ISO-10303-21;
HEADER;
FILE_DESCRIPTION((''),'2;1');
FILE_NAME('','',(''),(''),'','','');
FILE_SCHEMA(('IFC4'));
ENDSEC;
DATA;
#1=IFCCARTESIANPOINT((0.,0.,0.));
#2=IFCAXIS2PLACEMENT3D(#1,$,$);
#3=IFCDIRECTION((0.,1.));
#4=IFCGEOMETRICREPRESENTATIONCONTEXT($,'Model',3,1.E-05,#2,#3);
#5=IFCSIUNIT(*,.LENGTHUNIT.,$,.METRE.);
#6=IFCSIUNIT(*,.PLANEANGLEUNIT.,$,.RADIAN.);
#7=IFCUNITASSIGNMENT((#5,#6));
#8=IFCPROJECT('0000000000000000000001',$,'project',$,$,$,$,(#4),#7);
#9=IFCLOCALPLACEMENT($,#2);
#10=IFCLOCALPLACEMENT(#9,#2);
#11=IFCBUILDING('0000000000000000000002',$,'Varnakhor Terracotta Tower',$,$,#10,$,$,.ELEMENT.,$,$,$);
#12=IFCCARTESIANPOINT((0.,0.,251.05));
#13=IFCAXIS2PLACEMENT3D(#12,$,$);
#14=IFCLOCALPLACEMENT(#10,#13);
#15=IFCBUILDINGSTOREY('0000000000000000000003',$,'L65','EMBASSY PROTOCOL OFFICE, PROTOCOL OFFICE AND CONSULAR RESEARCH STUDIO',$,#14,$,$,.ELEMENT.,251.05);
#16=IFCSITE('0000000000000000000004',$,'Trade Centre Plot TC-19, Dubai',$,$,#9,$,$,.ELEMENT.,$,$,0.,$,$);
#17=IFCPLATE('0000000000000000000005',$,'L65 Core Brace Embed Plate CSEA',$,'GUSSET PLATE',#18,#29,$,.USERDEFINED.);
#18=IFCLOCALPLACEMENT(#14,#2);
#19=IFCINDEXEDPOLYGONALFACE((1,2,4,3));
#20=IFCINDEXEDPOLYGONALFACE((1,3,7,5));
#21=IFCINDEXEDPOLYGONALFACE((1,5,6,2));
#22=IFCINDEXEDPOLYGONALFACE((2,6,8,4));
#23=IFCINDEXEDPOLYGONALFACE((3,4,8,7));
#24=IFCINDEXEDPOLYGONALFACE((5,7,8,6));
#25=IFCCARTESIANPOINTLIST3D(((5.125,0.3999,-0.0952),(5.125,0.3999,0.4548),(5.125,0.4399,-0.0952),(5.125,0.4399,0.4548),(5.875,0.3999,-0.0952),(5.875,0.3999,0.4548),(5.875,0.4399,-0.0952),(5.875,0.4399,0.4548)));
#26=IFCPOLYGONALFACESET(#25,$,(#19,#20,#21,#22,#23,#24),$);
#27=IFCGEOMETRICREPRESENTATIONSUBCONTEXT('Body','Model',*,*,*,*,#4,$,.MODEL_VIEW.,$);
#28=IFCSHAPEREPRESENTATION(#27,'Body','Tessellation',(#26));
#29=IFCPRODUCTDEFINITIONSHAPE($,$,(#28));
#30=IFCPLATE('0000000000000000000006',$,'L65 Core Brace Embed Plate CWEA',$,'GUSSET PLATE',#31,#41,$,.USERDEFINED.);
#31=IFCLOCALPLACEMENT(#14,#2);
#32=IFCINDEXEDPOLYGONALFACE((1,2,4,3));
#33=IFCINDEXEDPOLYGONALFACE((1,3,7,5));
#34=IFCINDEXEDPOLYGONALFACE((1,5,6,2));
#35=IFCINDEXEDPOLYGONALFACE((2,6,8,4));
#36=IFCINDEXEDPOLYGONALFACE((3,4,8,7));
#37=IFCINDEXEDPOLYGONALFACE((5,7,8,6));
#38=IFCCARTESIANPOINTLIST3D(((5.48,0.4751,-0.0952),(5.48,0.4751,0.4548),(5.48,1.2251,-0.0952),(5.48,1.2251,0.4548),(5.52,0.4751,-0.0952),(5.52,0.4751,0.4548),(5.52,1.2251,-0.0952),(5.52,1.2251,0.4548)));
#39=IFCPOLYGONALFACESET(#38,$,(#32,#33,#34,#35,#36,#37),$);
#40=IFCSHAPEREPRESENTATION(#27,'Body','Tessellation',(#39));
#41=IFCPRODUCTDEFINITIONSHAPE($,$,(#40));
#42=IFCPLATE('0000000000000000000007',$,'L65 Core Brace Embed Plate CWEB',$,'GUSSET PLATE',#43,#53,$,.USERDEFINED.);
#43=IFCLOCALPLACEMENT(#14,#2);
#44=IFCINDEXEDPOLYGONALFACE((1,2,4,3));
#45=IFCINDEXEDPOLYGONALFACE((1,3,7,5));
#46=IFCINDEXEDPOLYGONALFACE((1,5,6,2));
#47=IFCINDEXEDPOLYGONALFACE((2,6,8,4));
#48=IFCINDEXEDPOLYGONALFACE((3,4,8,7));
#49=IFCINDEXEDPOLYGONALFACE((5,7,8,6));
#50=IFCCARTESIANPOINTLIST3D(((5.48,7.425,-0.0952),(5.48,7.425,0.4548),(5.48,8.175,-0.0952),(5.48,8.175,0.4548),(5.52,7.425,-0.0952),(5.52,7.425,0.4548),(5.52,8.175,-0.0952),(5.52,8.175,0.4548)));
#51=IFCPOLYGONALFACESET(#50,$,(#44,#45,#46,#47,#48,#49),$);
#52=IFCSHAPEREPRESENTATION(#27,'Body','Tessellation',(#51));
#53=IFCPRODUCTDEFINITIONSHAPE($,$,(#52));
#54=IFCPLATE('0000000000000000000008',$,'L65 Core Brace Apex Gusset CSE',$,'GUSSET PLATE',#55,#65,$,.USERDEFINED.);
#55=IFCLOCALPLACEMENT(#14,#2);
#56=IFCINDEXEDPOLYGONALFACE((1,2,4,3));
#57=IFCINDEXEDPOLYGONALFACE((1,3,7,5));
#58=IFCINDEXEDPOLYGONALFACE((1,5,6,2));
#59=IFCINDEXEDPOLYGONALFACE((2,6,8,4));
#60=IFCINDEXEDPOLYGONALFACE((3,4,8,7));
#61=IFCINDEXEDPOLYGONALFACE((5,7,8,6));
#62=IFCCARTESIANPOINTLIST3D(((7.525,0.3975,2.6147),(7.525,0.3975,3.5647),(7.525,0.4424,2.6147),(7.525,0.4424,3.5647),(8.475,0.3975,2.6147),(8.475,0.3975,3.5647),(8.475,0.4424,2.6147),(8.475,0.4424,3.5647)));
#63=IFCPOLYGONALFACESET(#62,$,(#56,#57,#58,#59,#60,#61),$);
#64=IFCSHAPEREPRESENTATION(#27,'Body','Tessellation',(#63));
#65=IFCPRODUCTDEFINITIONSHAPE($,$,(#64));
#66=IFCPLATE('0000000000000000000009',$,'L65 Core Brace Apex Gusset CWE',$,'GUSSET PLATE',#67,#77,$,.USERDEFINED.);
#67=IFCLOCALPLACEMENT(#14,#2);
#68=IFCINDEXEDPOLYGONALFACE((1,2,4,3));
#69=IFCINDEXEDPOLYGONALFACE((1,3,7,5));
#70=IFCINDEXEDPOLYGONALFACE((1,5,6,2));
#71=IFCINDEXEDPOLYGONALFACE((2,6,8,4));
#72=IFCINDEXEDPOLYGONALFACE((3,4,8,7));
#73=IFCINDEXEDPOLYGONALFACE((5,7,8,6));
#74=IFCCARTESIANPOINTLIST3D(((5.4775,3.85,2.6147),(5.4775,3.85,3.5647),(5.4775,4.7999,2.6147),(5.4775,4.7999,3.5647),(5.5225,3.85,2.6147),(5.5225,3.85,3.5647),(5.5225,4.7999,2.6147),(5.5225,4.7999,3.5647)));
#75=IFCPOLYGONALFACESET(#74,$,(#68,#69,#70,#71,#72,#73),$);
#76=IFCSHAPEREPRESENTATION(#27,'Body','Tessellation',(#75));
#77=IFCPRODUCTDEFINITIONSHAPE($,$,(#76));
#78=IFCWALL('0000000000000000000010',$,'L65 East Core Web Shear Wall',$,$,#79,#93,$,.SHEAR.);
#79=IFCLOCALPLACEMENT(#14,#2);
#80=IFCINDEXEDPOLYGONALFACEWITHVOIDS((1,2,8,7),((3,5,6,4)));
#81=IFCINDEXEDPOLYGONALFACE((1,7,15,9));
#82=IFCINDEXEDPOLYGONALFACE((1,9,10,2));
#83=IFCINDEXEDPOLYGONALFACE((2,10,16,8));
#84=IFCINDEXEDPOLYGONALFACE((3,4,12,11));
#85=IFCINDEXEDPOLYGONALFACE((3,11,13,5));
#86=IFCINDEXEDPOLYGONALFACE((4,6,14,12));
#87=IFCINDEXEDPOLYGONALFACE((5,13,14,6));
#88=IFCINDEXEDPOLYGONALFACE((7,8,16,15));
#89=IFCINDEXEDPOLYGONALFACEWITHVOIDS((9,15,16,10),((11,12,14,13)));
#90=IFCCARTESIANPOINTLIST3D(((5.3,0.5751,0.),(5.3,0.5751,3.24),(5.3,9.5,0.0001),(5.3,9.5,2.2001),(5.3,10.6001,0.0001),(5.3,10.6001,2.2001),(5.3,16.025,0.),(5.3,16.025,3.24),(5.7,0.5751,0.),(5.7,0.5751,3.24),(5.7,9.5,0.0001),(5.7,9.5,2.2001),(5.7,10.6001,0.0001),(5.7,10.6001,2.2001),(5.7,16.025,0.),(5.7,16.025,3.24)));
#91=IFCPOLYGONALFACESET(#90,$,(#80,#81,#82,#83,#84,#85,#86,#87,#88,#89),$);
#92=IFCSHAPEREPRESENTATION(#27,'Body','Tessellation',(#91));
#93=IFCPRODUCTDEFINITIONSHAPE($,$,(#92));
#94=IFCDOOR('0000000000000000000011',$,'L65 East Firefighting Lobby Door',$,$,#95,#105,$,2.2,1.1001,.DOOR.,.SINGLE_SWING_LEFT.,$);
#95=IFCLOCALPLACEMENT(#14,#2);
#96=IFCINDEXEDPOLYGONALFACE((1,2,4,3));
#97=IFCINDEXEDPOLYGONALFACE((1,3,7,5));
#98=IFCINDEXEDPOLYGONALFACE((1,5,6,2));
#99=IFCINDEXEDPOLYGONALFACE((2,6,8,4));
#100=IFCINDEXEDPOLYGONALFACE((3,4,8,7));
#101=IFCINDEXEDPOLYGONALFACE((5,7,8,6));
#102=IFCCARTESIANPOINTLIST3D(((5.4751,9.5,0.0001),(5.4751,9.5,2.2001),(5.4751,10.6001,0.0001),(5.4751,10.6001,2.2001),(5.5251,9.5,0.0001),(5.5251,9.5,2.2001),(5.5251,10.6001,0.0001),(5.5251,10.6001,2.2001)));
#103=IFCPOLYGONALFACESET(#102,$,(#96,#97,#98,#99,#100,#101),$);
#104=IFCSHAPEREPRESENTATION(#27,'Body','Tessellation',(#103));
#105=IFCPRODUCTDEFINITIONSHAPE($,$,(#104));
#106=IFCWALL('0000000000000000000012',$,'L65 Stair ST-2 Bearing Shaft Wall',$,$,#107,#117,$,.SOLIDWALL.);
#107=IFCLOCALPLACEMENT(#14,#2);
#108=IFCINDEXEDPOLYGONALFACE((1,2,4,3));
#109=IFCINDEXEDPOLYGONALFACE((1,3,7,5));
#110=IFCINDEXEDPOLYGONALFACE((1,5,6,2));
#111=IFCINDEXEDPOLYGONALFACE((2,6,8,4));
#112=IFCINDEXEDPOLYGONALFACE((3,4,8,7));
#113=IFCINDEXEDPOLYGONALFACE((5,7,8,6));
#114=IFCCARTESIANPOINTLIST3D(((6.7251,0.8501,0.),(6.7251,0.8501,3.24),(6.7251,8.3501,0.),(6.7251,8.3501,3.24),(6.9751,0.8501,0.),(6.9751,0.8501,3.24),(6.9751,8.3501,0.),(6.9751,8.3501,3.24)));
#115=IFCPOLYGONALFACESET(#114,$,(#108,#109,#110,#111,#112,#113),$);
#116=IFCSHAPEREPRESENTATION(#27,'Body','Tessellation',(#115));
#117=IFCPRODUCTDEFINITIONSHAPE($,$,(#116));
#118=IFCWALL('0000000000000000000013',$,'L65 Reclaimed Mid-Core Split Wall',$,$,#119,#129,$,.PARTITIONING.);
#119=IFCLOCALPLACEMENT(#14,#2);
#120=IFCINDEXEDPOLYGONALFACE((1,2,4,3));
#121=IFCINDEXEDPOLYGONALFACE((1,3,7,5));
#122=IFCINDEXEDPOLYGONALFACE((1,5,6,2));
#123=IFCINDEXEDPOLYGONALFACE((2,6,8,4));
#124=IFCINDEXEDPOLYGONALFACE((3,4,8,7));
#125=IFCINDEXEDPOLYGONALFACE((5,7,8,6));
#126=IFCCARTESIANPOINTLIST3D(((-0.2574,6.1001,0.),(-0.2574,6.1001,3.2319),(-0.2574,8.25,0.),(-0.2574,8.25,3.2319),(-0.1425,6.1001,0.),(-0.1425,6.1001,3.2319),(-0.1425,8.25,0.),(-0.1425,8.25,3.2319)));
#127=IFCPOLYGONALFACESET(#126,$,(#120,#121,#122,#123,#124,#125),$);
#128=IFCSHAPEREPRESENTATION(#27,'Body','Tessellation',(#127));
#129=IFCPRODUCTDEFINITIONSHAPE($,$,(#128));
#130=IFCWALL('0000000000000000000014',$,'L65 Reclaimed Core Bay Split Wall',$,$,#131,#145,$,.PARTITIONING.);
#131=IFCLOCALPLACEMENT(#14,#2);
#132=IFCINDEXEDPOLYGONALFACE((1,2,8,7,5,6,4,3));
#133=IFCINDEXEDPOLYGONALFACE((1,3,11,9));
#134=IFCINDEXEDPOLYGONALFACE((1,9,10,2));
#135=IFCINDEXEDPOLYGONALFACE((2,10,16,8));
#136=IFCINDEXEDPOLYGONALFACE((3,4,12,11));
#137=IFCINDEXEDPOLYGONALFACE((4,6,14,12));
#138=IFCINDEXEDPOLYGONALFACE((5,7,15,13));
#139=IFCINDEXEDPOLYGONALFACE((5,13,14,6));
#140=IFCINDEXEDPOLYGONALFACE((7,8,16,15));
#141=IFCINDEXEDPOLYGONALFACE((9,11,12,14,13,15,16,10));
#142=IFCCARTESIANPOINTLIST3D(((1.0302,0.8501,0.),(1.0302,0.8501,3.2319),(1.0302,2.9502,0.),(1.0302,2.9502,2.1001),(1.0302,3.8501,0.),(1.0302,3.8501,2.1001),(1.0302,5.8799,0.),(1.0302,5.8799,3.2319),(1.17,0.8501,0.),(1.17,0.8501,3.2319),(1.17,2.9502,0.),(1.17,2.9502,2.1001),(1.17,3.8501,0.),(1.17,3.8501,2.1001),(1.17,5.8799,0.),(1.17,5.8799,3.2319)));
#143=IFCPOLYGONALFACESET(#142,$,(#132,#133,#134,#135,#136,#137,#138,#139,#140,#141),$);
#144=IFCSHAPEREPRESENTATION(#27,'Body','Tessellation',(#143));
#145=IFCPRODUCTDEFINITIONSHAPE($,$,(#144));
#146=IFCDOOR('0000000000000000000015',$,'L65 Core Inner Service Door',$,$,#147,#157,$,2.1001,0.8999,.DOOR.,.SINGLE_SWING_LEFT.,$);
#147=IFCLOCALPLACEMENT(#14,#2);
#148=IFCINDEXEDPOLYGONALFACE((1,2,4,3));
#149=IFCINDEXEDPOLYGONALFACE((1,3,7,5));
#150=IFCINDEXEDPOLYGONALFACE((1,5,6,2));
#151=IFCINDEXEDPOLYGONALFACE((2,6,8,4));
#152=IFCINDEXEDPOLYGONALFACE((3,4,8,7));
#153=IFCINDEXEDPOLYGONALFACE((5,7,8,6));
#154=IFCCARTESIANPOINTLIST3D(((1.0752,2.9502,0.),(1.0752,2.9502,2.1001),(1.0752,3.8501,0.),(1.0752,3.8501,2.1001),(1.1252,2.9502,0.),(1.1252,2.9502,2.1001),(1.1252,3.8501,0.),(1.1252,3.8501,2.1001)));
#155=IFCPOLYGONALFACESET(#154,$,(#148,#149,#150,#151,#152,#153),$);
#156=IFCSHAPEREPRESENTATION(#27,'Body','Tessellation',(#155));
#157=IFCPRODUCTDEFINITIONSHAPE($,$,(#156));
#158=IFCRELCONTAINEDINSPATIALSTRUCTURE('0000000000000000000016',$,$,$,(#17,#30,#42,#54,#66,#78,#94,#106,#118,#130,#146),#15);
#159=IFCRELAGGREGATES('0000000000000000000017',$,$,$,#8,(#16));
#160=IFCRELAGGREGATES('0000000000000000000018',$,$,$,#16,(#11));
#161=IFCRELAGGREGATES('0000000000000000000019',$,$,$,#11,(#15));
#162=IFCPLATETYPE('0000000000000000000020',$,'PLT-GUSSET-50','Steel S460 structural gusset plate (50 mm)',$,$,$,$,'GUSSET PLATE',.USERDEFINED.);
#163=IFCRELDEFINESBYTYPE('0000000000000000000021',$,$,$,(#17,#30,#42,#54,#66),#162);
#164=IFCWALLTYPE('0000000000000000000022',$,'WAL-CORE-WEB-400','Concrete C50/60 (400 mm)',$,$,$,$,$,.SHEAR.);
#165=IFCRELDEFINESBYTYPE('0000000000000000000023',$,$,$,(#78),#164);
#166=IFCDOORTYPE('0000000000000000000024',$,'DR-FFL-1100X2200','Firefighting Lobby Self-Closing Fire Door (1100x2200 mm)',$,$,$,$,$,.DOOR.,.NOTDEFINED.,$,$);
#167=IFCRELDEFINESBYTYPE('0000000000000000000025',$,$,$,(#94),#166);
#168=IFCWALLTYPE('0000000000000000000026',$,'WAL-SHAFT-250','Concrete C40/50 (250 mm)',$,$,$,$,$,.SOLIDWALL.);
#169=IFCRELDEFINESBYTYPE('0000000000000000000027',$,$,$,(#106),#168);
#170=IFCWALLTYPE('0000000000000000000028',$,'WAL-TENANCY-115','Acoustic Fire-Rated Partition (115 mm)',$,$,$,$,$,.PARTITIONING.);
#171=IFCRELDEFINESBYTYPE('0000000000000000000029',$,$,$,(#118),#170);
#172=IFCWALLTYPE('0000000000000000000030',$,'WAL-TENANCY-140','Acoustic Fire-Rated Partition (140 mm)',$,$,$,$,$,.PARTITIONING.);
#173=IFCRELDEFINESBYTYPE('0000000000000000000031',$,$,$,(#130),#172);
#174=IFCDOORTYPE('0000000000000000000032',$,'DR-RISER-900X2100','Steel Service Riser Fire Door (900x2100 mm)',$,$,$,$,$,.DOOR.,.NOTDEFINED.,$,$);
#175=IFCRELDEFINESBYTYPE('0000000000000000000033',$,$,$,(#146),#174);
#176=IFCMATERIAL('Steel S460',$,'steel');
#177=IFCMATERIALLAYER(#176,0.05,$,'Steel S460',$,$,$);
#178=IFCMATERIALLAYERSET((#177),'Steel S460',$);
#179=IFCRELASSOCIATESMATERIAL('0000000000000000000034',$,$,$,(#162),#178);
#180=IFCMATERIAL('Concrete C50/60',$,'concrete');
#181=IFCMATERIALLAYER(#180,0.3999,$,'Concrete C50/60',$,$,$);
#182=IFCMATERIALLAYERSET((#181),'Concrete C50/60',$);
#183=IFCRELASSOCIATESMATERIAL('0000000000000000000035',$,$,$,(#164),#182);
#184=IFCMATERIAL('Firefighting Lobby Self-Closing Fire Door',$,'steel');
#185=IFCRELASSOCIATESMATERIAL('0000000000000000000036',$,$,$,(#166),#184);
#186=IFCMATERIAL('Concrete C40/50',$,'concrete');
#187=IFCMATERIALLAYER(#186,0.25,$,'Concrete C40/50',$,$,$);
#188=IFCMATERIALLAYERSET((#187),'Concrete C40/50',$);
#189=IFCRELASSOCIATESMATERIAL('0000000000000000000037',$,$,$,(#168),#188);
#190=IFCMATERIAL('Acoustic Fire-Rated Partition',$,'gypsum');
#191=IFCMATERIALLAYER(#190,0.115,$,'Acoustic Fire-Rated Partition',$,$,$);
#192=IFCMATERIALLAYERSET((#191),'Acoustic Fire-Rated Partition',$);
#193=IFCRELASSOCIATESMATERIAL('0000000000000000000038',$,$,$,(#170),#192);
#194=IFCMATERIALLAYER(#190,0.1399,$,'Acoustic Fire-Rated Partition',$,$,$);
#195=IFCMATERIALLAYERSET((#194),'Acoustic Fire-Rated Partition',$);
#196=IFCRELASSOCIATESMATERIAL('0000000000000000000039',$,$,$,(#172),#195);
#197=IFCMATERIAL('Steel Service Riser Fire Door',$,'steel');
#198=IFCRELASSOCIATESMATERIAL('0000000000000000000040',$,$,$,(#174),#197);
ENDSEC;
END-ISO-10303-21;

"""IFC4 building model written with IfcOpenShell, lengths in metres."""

from ifc_helpers import new_model, si_unit, direction, frame, frame_2d, origin, origin_2d, place, context, subcontext, project, spatial, rectangle, extrude, source, transform, mapped, material, layer, layer_set, type_object, type_shapes, element, fill, save


model = new_model("IFC4")

# Units and contexts
model_context = context("Model", 3, precision=1e-05, world=origin(), true_north=direction((0.0, 1.0)))
body_context = subcontext(model_context, "Body", "Model", "MODEL_VIEW")
ifc_project = project(units=[si_unit("LENGTHUNIT", "METRE"), si_unit("PLANEANGLEUNIT", "RADIAN")], contexts=[model_context])

# Site, building, storey
site_placement = place(None, origin())
site = spatial("IfcSite", under=ifc_project, at=site_placement, Name="Trade Centre Plot TC-19, Dubai", CompositionType="ELEMENT", RefElevation=0.0)
building_placement = place(site_placement, origin())
building = spatial("IfcBuilding", under=site, at=building_placement, Name="Varnakhor Terracotta Tower", CompositionType="ELEMENT")
storey_placement = place(building_placement, frame((0.0, 0.0, 251.05)))
storey = spatial("IfcBuildingStorey", under=building, at=storey_placement, Name="L65", Description="EMBASSY PROTOCOL OFFICE, PROTOCOL OFFICE AND CONSULAR RESEARCH STUDIO", CompositionType="ELEMENT", Elevation=251.05)

# Shared definitions
ifc_material_1 = material(Name="Concrete C50/60", Category="concrete")

# Shared definitions
ifc_material_2 = material(Name="Concrete C40/50", Category="concrete")

# Plates
ifc_material_3 = material(Name="Steel S460", Category="steel")
ifc_layer_1 = layer(ifc_material_3, 0.05, Name="Steel S460")
ifc_layer_set_1 = layer_set([ifc_layer_1], Name="Steel S460")
plate_type = type_object("IfcPlateType", Name="PLT-GUSSET-50", Description="Steel S460 structural gusset plate (50 mm)", ElementType="GUSSET PLATE", PredefinedType="USERDEFINED", material=ifc_layer_set_1)
shared_shape_1 = source(origin(), body_context, "Body", "SweptSolid", [
    extrude(rectangle(XDim=0.75, YDim=0.04, at=origin_2d()), origin(), (0.0, 0.0, 1.0), 0.55),
])
type_shapes(plate_type, [shared_shape_1])
for number, where, z_axis, x_axis, name in (
    (1, (5.5, 0.4199, -0.0952), (0.0, 0.0, 1.0), (1.0, 0.0, 0.0), "L65 Core Brace Embed Plate CSEA"),
    (2, (5.5, 0.8501, -0.0952), (0.0, 0.0, 1.0), (0.0, 1.0, 0.0), "L65 Core Brace Embed Plate CWEA"),
    (3, (5.5, 7.8, -0.0952), (0.0, 0.0, 1.0), (0.0, 1.0, 0.0), "L65 Core Brace Embed Plate CWEB"),
):
    element("IfcPlate", number, at=place(storey_placement, frame(where, z_axis=z_axis, x_axis=x_axis)), inside=storey, type_object=plate_type, Name=name, ObjectType="GUSSET PLATE", PredefinedType="USERDEFINED", context=body_context, shape_type="MappedRepresentation", body=[
        mapped(shared_shape_1, transform((0.0, 0.0, 0.0), scale=1.0)),
    ])
shared_shape_2 = source(origin(), body_context, "Body", "SweptSolid", [
    extrude(rectangle(XDim=0.95, YDim=0.0449, at=origin_2d()), origin(), (0.0, 0.0, 1.0), 0.95),
])
for number, where, z_axis, x_axis, name in (
    (4, (8.0, 0.4199, 2.6147), (0.0, 0.0, 1.0), (1.0, 0.0, 0.0), "L65 Core Brace Apex Gusset CSE"),
    (5, (5.5, 4.325, 2.6147), (0.0, 0.0, 1.0), (0.0, 1.0, 0.0), "L65 Core Brace Apex Gusset CWE"),
):
    element("IfcPlate", number, at=place(storey_placement, frame(where, z_axis=z_axis, x_axis=x_axis)), inside=storey, type_object=plate_type, Name=name, ObjectType="GUSSET PLATE", PredefinedType="USERDEFINED", context=body_context, shape_type="MappedRepresentation", body=[
        mapped(shared_shape_2, transform((0.0, 0.0, 0.0), scale=1.0)),
    ])

# Wall, opening, door
ifc_layer_2 = layer(ifc_material_1, 0.3999, Name="Concrete C50/60")
ifc_layer_set_2 = layer_set([ifc_layer_2], Name="Concrete C50/60")
wall_type_1 = type_object("IfcWallType", Name="WAL-CORE-WEB-400", Description="Concrete C50/60 (400 mm)", PredefinedType="SHEAR", material=ifc_layer_set_2)
wall_1_placement = place(storey_placement, frame((5.5, 0.575, 0.0), z_axis=(0.0, 0.0, 1.0), x_axis=(0.0, 1.0, 0.0)))
wall_1 = element("IfcWall", 6, at=wall_1_placement, inside=storey, type_object=wall_type_1, Name="L65 East Core Web Shear Wall", PredefinedType="SHEAR", context=body_context, shape_type="SweptSolid", body=[
    extrude(rectangle(XDim=15.45, YDim=0.3999, at=frame_2d((7.7251, 0.0))), origin(), (0.0, 0.0, 1.0), 3.24),
])
opening_1_placement = place(wall_1_placement, frame((8.925, 0.0, 0.0)))
opening_1 = element("IfcOpeningElement", 7, at=opening_1_placement, cuts=wall_1, PredefinedType="OPENING", context=body_context, shape_type="SweptSolid", body=[
    extrude(rectangle(XDim=1.1001, YDim=2.2, at=frame_2d((0.55, 1.1001))), frame((0.0, 0.21, 0.0), z_axis=(0.0, -1.0, 0.0), x_axis=(1.0, 0.0, 0.0)), (0.0, 0.0, 1.0), 0.4199),
])
ifc_material_4 = material(Name="Firefighting Lobby Self-Closing Fire Door", Category="steel")
door_type_1 = type_object("IfcDoorType", Name="DR-FFL-1100X2200", Description="Firefighting Lobby Self-Closing Fire Door (1100x2200 mm)", OperationType="NOTDEFINED", PredefinedType="DOOR", material=ifc_material_4)
shared_shape_3 = source(origin(), body_context, "Body", "SweptSolid", [
    extrude(rectangle(XDim=1.1001, YDim=2.2, at=frame_2d((0.55, 1.1001))), frame((0.0, 0.0249, 0.0), z_axis=(0.0, -1.0, 0.0), x_axis=(1.0, 0.0, 0.0)), (0.0, 0.0, 1.0), 0.05),
])
type_shapes(door_type_1, [shared_shape_3])
door_1_placement = place(opening_1_placement, origin())
door_1 = element("IfcDoor", 8, at=door_1_placement, inside=storey, type_object=door_type_1, Name="L65 East Firefighting Lobby Door", OperationType="SINGLE_SWING_LEFT", OverallHeight=2.2, OverallWidth=1.1001, PredefinedType="DOOR", context=body_context, shape_type="MappedRepresentation", body=[
    mapped(shared_shape_3, transform((0.0, 0.0, 0.0), scale=1.0)),
])
fill(opening_1, door_1)

# Walls
ifc_layer_3 = layer(ifc_material_2, 0.25, Name="Concrete C40/50")
ifc_layer_set_3 = layer_set([ifc_layer_3], Name="Concrete C40/50")
wall_type_2 = type_object("IfcWallType", Name="WAL-SHAFT-250", Description="Concrete C40/50 (250 mm)", PredefinedType="SOLIDWALL", material=ifc_layer_set_3)
wall_2_placement = place(storey_placement, frame((6.8501, 0.8501, 0.0), z_axis=(0.0, 0.0, 1.0), x_axis=(0.0, 1.0, 0.0)))
element("IfcWall", 9, at=wall_2_placement, inside=storey, type_object=wall_type_2, Name="L65 Stair ST-2 Bearing Shaft Wall", PredefinedType="SOLIDWALL", context=body_context, shape_type="SweptSolid", body=[
    extrude(rectangle(XDim=7.5, YDim=0.25, at=frame_2d((3.75, 0.0))), origin(), (0.0, 0.0, 1.0), 3.24),
])
ifc_material_5 = material(Name="Acoustic Fire-Rated Partition", Category="gypsum")
ifc_layer_4 = layer(ifc_material_5, 0.115, Name="Acoustic Fire-Rated Partition")
ifc_layer_set_4 = layer_set([ifc_layer_4], Name="Acoustic Fire-Rated Partition")
wall_type_3 = type_object("IfcWallType", Name="WAL-TENANCY-115", Description="Acoustic Fire-Rated Partition (115 mm)", PredefinedType="PARTITIONING", material=ifc_layer_set_4)
wall_3_placement = place(storey_placement, frame((-0.2, 6.1001, 0.0), z_axis=(0.0, 0.0, 1.0), x_axis=(0.0, 1.0, 0.0)))
element("IfcWall", 10, at=wall_3_placement, inside=storey, type_object=wall_type_3, Name="L65 Reclaimed Mid-Core Split Wall", PredefinedType="PARTITIONING", context=body_context, shape_type="SweptSolid", body=[
    extrude(rectangle(XDim=2.1499, YDim=0.115, at=frame_2d((1.075, 0.0))), origin(), (0.0, 0.0, 1.0), 3.2319),
])

# Wall, opening, door
ifc_layer_5 = layer(ifc_material_5, 0.1399, Name="Acoustic Fire-Rated Partition")
ifc_layer_set_5 = layer_set([ifc_layer_5], Name="Acoustic Fire-Rated Partition")
wall_type_4 = type_object("IfcWallType", Name="WAL-TENANCY-140", Description="Acoustic Fire-Rated Partition (140 mm)", PredefinedType="PARTITIONING", material=ifc_layer_set_5)
wall_4_placement = place(storey_placement, frame((1.1001, 0.8501, 0.0), z_axis=(0.0, 0.0, 1.0), x_axis=(0.0, 1.0, 0.0)))
wall_4 = element("IfcWall", 11, at=wall_4_placement, inside=storey, type_object=wall_type_4, Name="L65 Reclaimed Core Bay Split Wall", PredefinedType="PARTITIONING", context=body_context, shape_type="SweptSolid", body=[
    extrude(rectangle(XDim=5.0298, YDim=0.1399, at=frame_2d((2.5149, 0.0))), origin(), (0.0, 0.0, 1.0), 3.2319),
])
opening_2_placement = place(wall_4_placement, frame((2.1001, 0.0, 0.0)))
opening_2 = element("IfcOpeningElement", 12, at=opening_2_placement, cuts=wall_4, PredefinedType="OPENING", context=body_context, shape_type="SweptSolid", body=[
    extrude(rectangle(XDim=0.8999, YDim=2.1001, at=frame_2d((0.45, 1.05))), frame((0.0, 0.0801, 0.0), z_axis=(0.0, -1.0, 0.0), x_axis=(1.0, 0.0, 0.0)), (0.0, 0.0, 1.0), 0.1599),
])
ifc_material_6 = material(Name="Steel Service Riser Fire Door", Category="steel")
door_type_2 = type_object("IfcDoorType", Name="DR-RISER-900X2100", Description="Steel Service Riser Fire Door (900x2100 mm)", OperationType="NOTDEFINED", PredefinedType="DOOR", material=ifc_material_6)
shared_shape_4 = source(origin(), body_context, "Body", "SweptSolid", [
    extrude(rectangle(XDim=0.8999, YDim=2.1001, at=frame_2d((0.45, 1.05))), frame((0.0, 0.0249, 0.0), z_axis=(0.0, -1.0, 0.0), x_axis=(1.0, 0.0, 0.0)), (0.0, 0.0, 1.0), 0.05),
])
type_shapes(door_type_2, [shared_shape_4])
door_2_placement = place(opening_2_placement, origin())
door_2 = element("IfcDoor", 13, at=door_2_placement, inside=storey, type_object=door_type_2, Name="L65 Core Inner Service Door", OperationType="SINGLE_SWING_LEFT", OverallHeight=2.1001, OverallWidth=0.8999, PredefinedType="DOOR", context=body_context, shape_type="MappedRepresentation", body=[
    mapped(shared_shape_4, transform((0.0, 0.0, 0.0), scale=1.0)),
])
fill(opening_2, door_2)

save(model, "model.ifc")
